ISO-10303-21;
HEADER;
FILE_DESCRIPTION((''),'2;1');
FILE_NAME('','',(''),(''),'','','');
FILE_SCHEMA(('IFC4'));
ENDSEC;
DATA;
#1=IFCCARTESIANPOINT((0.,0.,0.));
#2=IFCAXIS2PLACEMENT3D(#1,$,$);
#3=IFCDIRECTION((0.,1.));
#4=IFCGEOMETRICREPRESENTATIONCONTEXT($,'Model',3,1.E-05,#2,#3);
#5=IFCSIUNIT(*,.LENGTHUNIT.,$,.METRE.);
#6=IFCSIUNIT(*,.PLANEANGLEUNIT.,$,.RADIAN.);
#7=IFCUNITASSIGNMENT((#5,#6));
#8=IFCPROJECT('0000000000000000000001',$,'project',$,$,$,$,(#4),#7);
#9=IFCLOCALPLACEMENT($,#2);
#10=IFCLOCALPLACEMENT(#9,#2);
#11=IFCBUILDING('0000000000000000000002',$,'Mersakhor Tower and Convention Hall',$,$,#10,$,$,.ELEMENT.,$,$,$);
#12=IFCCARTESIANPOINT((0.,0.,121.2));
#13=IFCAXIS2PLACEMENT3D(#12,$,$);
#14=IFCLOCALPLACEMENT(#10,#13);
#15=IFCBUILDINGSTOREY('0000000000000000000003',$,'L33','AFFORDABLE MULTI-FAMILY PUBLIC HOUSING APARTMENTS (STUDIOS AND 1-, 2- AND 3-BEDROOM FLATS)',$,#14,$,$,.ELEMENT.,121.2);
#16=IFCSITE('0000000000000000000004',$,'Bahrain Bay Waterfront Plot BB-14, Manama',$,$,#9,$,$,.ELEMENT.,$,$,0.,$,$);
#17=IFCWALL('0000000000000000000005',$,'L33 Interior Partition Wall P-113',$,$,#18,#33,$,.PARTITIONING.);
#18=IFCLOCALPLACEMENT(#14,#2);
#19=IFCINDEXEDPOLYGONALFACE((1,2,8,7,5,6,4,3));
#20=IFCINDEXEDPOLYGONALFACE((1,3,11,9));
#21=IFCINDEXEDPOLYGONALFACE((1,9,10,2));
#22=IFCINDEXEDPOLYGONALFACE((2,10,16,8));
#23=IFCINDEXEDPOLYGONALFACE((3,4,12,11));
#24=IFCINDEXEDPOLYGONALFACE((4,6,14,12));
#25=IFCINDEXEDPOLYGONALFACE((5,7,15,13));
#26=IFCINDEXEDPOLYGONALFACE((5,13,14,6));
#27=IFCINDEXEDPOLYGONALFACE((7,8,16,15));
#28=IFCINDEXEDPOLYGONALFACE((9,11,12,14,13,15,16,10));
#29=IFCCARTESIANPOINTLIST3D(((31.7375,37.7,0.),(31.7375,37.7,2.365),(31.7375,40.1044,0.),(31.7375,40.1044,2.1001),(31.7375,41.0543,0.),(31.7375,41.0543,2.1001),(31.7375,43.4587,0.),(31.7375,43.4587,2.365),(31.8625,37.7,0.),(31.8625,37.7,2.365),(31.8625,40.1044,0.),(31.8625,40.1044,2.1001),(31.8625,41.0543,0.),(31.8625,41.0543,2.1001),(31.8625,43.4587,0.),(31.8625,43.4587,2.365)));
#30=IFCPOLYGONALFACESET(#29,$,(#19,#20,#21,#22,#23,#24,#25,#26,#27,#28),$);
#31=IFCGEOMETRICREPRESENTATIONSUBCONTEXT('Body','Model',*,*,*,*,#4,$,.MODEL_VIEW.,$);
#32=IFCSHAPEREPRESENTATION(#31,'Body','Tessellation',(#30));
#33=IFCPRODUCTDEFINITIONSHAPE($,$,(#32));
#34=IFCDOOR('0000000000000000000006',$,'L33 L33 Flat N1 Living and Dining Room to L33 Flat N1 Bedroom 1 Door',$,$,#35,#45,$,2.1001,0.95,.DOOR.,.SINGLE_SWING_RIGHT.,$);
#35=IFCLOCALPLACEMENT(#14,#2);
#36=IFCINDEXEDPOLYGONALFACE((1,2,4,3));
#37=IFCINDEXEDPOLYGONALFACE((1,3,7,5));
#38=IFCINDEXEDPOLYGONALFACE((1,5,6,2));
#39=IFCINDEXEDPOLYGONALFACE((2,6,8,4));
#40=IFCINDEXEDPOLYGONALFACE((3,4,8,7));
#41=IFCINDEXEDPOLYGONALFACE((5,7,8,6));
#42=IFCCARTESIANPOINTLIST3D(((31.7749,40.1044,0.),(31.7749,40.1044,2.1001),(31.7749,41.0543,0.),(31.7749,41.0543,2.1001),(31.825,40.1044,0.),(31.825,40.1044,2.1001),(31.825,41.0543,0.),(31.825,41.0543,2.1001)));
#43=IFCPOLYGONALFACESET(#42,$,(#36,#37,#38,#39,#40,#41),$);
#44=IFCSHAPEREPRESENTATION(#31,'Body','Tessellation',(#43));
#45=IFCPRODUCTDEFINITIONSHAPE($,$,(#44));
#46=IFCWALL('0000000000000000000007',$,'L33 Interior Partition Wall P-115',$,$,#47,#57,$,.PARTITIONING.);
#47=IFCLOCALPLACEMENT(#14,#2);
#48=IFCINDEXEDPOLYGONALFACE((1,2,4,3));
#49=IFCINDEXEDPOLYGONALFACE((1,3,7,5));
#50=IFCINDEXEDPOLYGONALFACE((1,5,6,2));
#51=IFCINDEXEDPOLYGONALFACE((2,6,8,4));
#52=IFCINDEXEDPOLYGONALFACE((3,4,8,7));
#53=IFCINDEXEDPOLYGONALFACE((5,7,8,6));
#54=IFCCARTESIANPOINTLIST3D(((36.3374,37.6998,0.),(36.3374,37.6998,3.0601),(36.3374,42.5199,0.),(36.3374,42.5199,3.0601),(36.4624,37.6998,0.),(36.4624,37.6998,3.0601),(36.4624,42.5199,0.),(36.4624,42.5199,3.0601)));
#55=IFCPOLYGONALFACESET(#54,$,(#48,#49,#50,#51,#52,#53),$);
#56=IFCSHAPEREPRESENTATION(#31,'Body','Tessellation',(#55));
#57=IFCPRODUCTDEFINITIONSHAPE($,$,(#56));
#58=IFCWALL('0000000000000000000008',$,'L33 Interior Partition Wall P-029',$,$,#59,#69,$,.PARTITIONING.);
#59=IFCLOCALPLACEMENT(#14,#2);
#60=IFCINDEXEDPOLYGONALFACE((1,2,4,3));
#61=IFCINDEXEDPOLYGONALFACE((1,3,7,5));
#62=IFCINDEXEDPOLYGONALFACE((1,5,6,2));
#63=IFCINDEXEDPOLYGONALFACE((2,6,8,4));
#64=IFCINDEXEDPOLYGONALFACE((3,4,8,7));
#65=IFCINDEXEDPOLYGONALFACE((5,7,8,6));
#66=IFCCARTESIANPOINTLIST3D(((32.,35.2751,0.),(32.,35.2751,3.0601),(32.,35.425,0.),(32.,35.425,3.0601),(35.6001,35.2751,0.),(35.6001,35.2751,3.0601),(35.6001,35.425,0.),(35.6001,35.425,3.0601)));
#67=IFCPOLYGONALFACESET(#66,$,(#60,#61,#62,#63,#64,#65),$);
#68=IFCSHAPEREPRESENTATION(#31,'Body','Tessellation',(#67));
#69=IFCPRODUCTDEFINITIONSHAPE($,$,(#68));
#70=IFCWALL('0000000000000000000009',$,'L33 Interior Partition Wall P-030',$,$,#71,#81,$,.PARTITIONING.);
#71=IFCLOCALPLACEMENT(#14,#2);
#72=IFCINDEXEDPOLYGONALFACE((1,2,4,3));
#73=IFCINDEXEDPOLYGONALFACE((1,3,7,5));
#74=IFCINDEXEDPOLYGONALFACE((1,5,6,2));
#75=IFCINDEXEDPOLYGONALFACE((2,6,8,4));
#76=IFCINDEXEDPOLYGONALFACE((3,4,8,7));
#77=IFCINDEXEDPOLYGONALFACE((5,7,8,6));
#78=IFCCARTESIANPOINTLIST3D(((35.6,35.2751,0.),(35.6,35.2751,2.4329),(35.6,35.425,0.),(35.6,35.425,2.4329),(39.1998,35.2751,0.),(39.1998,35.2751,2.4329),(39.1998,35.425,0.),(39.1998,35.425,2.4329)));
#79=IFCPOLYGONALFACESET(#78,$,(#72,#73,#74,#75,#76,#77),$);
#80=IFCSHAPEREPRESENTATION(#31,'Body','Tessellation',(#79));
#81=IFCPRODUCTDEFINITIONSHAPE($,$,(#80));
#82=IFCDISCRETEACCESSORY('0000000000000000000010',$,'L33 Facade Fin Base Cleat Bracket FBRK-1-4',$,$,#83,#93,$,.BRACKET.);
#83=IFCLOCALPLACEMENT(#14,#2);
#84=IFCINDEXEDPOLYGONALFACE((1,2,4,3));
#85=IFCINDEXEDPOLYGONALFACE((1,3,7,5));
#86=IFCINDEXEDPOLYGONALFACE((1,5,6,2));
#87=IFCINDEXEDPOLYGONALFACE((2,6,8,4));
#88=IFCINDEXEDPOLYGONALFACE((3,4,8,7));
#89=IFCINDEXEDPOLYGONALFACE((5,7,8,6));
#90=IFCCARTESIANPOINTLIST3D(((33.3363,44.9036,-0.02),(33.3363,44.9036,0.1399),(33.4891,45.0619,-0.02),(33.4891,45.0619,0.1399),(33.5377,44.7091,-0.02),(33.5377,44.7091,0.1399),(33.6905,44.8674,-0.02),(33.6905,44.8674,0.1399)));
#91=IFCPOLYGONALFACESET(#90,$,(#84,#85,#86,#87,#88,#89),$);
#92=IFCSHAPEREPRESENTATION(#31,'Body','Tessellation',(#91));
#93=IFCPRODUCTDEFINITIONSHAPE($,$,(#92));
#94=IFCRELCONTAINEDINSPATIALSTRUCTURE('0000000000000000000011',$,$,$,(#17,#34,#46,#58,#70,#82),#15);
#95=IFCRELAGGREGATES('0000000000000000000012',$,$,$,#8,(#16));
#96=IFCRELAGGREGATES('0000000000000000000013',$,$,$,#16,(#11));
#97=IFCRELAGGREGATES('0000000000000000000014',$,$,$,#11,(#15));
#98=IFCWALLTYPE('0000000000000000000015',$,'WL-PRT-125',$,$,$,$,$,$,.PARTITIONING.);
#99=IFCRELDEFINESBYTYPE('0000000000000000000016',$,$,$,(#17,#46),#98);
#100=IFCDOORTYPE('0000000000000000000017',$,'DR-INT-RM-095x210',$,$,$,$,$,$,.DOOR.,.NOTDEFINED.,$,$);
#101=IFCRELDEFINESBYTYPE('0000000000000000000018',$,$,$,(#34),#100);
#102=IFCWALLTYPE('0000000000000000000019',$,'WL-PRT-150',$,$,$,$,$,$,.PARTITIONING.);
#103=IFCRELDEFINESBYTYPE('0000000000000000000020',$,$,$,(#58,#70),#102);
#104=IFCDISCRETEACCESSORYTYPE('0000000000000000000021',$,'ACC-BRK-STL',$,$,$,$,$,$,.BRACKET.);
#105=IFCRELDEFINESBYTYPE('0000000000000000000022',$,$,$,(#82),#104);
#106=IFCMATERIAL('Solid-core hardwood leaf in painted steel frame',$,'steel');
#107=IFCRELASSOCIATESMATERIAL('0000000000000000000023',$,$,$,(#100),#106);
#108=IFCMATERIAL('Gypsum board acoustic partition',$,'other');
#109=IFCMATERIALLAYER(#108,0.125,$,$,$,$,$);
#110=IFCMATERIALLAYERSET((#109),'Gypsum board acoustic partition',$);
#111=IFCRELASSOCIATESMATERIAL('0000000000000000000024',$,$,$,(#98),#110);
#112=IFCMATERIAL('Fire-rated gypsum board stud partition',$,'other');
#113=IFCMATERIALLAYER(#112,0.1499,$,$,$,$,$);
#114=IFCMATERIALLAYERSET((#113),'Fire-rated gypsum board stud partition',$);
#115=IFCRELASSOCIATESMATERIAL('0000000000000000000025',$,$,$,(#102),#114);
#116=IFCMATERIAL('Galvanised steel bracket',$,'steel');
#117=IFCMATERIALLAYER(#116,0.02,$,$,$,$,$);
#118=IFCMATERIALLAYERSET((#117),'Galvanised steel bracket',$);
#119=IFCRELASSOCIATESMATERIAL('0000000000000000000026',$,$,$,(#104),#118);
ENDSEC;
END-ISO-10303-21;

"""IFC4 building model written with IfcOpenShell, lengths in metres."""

from ifc_helpers import new_model, si_unit, direction, frame, frame_2d, origin, origin_2d, place, context, subcontext, project, spatial, rectangle, extrude, material, layer, layer_set, type_object, element, fill, save


model = new_model("IFC4")

# Units and contexts
model_context = context("Model", 3, precision=1e-05, world=origin(), true_north=direction((0.0, 1.0)))
body_context = subcontext(model_context, "Body", "Model", "MODEL_VIEW")
ifc_project = project(units=[si_unit("LENGTHUNIT", "METRE"), si_unit("PLANEANGLEUNIT", "RADIAN")], contexts=[model_context])

# Site, building, storey
site_placement = place(None, origin())
site = spatial("IfcSite", under=ifc_project, at=site_placement, Name="Bahrain Bay Waterfront Plot BB-14, Manama", CompositionType="ELEMENT", RefElevation=0.0)
building_placement = place(site_placement, origin())
building = spatial("IfcBuilding", under=site, at=building_placement, Name="Mersakhor Tower and Convention Hall", CompositionType="ELEMENT")
storey_placement = place(building_placement, frame((0.0, 0.0, 121.2)))
storey = spatial("IfcBuildingStorey", under=building, at=storey_placement, Name="L33", Description="AFFORDABLE MULTI-FAMILY PUBLIC HOUSING APARTMENTS (STUDIOS AND 1-, 2- AND 3-BEDROOM FLATS)", CompositionType="ELEMENT", Elevation=121.2)

# Shared definitions
ifc_material_1 = material(Name="Solid-core hardwood leaf in painted steel frame", Category="steel")
door_type_1 = type_object("IfcDoorType", Name="DR-INT-RM-095x210", OperationType="NOTDEFINED", PredefinedType="DOOR", material=ifc_material_1)

# Shared definitions
ifc_material_2 = material(Name="Gypsum board acoustic partition", Category="other")
ifc_layer_1 = layer(ifc_material_2, 0.125)
ifc_layer_set_1 = layer_set([ifc_layer_1], Name="Gypsum board acoustic partition")
wall_type_1 = type_object("IfcWallType", Name="WL-PRT-125", PredefinedType="PARTITIONING", material=ifc_layer_set_1)

# Wall, opening, door
wall_1_placement = place(storey_placement, frame((31.8, 43.4587, 0.0), z_axis=(0.0, 0.0, 1.0), x_axis=(0.0, -1.0, 0.0)))
wall_1 = element("IfcWall", 1, at=wall_1_placement, inside=storey, type_object=wall_type_1, Name="L33 Interior Partition Wall P-113", PredefinedType="PARTITIONING", context=body_context, shape_type="SweptSolid", body=[
    extrude(rectangle(XDim=5.7588, YDim=0.125, at=frame_2d((2.8794, 0.0))), origin(), (0.0, 0.0, 1.0), 2.365),
])
opening_1_placement = place(wall_1_placement, frame((2.4043, 0.0, 0.0)))
opening_1 = element("IfcOpeningElement", 2, at=opening_1_placement, cuts=wall_1, PredefinedType="OPENING", context=body_context, shape_type="SweptSolid", body=[
    extrude(rectangle(XDim=0.95, YDim=2.1001, at=frame_2d((0.4751, 1.05))), frame((0.0, 0.0725, 0.0), z_axis=(0.0, -1.0, 0.0), x_axis=(1.0, 0.0, 0.0)), (0.0, 0.0, 1.0), 0.145),
])
door_1_placement = place(opening_1_placement, origin())
door_1 = element("IfcDoor", 3, at=door_1_placement, inside=storey, type_object=door_type_1, Name="L33 L33 Flat N1 Living and Dining Room to L33 Flat N1 Bedroom 1 Door", OperationType="SINGLE_SWING_RIGHT", OverallHeight=2.1001, OverallWidth=0.95, PredefinedType="DOOR", context=body_context, shape_type="SweptSolid", body=[
    extrude(rectangle(XDim=0.95, YDim=2.1001, at=frame_2d((0.4751, 1.05))), frame((0.0, 0.0249, 0.0), z_axis=(0.0, -1.0, 0.0), x_axis=(1.0, 0.0, 0.0)), (0.0, 0.0, 1.0), 0.05),
])
fill(opening_1, door_1)

# Wall
wall_2_placement = place(storey_placement, frame((36.3999, 42.52, 0.0), z_axis=(0.0, 0.0, 1.0), x_axis=(0.0, -1.0, 0.0)))
element("IfcWall", 4, at=wall_2_placement, inside=storey, type_object=wall_type_1, Name="L33 Interior Partition Wall P-115", PredefinedType="PARTITIONING", context=body_context, shape_type="SweptSolid", body=[
    extrude(rectangle(XDim=4.8201, YDim=0.125, at=frame_2d((2.4102, 0.0))), origin(), (0.0, 0.0, 1.0), 3.0601),
])

# Shared definitions
ifc_material_3 = material(Name="Fire-rated gypsum board stud partition", Category="other")
ifc_layer_2 = layer(ifc_material_3, 0.1499)
ifc_layer_set_2 = layer_set([ifc_layer_2], Name="Fire-rated gypsum board stud partition")
wall_type_2 = type_object("IfcWallType", Name="WL-PRT-150", PredefinedType="PARTITIONING", material=ifc_layer_set_2)

# Walls
wall_3_placement = place(storey_placement, frame((32.0, 35.3501, 0.0), z_axis=(0.0, 0.0, 1.0), x_axis=(1.0, 0.0, 0.0)))
element("IfcWall", 5, at=wall_3_placement, inside=storey, type_object=wall_type_2, Name="L33 Interior Partition Wall P-029", PredefinedType="PARTITIONING", context=body_context, shape_type="SweptSolid", body=[
    extrude(rectangle(XDim=3.6001, YDim=0.1499, at=frame_2d((1.8, 0.0))), origin(), (0.0, 0.0, 1.0), 3.0601),
])
wall_4_placement = place(storey_placement, frame((35.6001, 35.3501, 0.0), z_axis=(0.0, 0.0, 1.0), x_axis=(1.0, 0.0, 0.0)))
element("IfcWall", 6, at=wall_4_placement, inside=storey, type_object=wall_type_2, Name="L33 Interior Partition Wall P-030", PredefinedType="PARTITIONING", context=body_context, shape_type="SweptSolid", body=[
    extrude(rectangle(XDim=3.5999, YDim=0.1499, at=frame_2d((1.7998, 0.0))), origin(), (0.0, 0.0, 1.0), 2.4329),
])

# Discrete accessory
ifc_material_4 = material(Name="Galvanised steel bracket", Category="steel")
ifc_layer_3 = layer(ifc_material_4, 0.02)
ifc_layer_set_3 = layer_set([ifc_layer_3], Name="Galvanised steel bracket")
discrete_accessory_type = type_object("IfcDiscreteAccessoryType", Name="ACC-BRK-STL", PredefinedType="BRACKET", material=ifc_layer_set_3)
discrete_accessory_placement = place(storey_placement, frame((33.5134, 44.8855, -0.02), z_axis=(0.0, 0.0, 1.0), x_axis=(-0.71934, 0.694658, 0.0)))
element("IfcDiscreteAccessory", 7, at=discrete_accessory_placement, inside=storey, type_object=discrete_accessory_type, Name="L33 Facade Fin Base Cleat Bracket FBRK-1-4", PredefinedType="BRACKET", context=body_context, shape_type="SweptSolid", body=[
    extrude(rectangle(XDim=0.28, YDim=0.22, at=origin_2d()), origin(), (0.0, 0.0, 1.0), 0.1599),
])

save(model, "model.ifc")
